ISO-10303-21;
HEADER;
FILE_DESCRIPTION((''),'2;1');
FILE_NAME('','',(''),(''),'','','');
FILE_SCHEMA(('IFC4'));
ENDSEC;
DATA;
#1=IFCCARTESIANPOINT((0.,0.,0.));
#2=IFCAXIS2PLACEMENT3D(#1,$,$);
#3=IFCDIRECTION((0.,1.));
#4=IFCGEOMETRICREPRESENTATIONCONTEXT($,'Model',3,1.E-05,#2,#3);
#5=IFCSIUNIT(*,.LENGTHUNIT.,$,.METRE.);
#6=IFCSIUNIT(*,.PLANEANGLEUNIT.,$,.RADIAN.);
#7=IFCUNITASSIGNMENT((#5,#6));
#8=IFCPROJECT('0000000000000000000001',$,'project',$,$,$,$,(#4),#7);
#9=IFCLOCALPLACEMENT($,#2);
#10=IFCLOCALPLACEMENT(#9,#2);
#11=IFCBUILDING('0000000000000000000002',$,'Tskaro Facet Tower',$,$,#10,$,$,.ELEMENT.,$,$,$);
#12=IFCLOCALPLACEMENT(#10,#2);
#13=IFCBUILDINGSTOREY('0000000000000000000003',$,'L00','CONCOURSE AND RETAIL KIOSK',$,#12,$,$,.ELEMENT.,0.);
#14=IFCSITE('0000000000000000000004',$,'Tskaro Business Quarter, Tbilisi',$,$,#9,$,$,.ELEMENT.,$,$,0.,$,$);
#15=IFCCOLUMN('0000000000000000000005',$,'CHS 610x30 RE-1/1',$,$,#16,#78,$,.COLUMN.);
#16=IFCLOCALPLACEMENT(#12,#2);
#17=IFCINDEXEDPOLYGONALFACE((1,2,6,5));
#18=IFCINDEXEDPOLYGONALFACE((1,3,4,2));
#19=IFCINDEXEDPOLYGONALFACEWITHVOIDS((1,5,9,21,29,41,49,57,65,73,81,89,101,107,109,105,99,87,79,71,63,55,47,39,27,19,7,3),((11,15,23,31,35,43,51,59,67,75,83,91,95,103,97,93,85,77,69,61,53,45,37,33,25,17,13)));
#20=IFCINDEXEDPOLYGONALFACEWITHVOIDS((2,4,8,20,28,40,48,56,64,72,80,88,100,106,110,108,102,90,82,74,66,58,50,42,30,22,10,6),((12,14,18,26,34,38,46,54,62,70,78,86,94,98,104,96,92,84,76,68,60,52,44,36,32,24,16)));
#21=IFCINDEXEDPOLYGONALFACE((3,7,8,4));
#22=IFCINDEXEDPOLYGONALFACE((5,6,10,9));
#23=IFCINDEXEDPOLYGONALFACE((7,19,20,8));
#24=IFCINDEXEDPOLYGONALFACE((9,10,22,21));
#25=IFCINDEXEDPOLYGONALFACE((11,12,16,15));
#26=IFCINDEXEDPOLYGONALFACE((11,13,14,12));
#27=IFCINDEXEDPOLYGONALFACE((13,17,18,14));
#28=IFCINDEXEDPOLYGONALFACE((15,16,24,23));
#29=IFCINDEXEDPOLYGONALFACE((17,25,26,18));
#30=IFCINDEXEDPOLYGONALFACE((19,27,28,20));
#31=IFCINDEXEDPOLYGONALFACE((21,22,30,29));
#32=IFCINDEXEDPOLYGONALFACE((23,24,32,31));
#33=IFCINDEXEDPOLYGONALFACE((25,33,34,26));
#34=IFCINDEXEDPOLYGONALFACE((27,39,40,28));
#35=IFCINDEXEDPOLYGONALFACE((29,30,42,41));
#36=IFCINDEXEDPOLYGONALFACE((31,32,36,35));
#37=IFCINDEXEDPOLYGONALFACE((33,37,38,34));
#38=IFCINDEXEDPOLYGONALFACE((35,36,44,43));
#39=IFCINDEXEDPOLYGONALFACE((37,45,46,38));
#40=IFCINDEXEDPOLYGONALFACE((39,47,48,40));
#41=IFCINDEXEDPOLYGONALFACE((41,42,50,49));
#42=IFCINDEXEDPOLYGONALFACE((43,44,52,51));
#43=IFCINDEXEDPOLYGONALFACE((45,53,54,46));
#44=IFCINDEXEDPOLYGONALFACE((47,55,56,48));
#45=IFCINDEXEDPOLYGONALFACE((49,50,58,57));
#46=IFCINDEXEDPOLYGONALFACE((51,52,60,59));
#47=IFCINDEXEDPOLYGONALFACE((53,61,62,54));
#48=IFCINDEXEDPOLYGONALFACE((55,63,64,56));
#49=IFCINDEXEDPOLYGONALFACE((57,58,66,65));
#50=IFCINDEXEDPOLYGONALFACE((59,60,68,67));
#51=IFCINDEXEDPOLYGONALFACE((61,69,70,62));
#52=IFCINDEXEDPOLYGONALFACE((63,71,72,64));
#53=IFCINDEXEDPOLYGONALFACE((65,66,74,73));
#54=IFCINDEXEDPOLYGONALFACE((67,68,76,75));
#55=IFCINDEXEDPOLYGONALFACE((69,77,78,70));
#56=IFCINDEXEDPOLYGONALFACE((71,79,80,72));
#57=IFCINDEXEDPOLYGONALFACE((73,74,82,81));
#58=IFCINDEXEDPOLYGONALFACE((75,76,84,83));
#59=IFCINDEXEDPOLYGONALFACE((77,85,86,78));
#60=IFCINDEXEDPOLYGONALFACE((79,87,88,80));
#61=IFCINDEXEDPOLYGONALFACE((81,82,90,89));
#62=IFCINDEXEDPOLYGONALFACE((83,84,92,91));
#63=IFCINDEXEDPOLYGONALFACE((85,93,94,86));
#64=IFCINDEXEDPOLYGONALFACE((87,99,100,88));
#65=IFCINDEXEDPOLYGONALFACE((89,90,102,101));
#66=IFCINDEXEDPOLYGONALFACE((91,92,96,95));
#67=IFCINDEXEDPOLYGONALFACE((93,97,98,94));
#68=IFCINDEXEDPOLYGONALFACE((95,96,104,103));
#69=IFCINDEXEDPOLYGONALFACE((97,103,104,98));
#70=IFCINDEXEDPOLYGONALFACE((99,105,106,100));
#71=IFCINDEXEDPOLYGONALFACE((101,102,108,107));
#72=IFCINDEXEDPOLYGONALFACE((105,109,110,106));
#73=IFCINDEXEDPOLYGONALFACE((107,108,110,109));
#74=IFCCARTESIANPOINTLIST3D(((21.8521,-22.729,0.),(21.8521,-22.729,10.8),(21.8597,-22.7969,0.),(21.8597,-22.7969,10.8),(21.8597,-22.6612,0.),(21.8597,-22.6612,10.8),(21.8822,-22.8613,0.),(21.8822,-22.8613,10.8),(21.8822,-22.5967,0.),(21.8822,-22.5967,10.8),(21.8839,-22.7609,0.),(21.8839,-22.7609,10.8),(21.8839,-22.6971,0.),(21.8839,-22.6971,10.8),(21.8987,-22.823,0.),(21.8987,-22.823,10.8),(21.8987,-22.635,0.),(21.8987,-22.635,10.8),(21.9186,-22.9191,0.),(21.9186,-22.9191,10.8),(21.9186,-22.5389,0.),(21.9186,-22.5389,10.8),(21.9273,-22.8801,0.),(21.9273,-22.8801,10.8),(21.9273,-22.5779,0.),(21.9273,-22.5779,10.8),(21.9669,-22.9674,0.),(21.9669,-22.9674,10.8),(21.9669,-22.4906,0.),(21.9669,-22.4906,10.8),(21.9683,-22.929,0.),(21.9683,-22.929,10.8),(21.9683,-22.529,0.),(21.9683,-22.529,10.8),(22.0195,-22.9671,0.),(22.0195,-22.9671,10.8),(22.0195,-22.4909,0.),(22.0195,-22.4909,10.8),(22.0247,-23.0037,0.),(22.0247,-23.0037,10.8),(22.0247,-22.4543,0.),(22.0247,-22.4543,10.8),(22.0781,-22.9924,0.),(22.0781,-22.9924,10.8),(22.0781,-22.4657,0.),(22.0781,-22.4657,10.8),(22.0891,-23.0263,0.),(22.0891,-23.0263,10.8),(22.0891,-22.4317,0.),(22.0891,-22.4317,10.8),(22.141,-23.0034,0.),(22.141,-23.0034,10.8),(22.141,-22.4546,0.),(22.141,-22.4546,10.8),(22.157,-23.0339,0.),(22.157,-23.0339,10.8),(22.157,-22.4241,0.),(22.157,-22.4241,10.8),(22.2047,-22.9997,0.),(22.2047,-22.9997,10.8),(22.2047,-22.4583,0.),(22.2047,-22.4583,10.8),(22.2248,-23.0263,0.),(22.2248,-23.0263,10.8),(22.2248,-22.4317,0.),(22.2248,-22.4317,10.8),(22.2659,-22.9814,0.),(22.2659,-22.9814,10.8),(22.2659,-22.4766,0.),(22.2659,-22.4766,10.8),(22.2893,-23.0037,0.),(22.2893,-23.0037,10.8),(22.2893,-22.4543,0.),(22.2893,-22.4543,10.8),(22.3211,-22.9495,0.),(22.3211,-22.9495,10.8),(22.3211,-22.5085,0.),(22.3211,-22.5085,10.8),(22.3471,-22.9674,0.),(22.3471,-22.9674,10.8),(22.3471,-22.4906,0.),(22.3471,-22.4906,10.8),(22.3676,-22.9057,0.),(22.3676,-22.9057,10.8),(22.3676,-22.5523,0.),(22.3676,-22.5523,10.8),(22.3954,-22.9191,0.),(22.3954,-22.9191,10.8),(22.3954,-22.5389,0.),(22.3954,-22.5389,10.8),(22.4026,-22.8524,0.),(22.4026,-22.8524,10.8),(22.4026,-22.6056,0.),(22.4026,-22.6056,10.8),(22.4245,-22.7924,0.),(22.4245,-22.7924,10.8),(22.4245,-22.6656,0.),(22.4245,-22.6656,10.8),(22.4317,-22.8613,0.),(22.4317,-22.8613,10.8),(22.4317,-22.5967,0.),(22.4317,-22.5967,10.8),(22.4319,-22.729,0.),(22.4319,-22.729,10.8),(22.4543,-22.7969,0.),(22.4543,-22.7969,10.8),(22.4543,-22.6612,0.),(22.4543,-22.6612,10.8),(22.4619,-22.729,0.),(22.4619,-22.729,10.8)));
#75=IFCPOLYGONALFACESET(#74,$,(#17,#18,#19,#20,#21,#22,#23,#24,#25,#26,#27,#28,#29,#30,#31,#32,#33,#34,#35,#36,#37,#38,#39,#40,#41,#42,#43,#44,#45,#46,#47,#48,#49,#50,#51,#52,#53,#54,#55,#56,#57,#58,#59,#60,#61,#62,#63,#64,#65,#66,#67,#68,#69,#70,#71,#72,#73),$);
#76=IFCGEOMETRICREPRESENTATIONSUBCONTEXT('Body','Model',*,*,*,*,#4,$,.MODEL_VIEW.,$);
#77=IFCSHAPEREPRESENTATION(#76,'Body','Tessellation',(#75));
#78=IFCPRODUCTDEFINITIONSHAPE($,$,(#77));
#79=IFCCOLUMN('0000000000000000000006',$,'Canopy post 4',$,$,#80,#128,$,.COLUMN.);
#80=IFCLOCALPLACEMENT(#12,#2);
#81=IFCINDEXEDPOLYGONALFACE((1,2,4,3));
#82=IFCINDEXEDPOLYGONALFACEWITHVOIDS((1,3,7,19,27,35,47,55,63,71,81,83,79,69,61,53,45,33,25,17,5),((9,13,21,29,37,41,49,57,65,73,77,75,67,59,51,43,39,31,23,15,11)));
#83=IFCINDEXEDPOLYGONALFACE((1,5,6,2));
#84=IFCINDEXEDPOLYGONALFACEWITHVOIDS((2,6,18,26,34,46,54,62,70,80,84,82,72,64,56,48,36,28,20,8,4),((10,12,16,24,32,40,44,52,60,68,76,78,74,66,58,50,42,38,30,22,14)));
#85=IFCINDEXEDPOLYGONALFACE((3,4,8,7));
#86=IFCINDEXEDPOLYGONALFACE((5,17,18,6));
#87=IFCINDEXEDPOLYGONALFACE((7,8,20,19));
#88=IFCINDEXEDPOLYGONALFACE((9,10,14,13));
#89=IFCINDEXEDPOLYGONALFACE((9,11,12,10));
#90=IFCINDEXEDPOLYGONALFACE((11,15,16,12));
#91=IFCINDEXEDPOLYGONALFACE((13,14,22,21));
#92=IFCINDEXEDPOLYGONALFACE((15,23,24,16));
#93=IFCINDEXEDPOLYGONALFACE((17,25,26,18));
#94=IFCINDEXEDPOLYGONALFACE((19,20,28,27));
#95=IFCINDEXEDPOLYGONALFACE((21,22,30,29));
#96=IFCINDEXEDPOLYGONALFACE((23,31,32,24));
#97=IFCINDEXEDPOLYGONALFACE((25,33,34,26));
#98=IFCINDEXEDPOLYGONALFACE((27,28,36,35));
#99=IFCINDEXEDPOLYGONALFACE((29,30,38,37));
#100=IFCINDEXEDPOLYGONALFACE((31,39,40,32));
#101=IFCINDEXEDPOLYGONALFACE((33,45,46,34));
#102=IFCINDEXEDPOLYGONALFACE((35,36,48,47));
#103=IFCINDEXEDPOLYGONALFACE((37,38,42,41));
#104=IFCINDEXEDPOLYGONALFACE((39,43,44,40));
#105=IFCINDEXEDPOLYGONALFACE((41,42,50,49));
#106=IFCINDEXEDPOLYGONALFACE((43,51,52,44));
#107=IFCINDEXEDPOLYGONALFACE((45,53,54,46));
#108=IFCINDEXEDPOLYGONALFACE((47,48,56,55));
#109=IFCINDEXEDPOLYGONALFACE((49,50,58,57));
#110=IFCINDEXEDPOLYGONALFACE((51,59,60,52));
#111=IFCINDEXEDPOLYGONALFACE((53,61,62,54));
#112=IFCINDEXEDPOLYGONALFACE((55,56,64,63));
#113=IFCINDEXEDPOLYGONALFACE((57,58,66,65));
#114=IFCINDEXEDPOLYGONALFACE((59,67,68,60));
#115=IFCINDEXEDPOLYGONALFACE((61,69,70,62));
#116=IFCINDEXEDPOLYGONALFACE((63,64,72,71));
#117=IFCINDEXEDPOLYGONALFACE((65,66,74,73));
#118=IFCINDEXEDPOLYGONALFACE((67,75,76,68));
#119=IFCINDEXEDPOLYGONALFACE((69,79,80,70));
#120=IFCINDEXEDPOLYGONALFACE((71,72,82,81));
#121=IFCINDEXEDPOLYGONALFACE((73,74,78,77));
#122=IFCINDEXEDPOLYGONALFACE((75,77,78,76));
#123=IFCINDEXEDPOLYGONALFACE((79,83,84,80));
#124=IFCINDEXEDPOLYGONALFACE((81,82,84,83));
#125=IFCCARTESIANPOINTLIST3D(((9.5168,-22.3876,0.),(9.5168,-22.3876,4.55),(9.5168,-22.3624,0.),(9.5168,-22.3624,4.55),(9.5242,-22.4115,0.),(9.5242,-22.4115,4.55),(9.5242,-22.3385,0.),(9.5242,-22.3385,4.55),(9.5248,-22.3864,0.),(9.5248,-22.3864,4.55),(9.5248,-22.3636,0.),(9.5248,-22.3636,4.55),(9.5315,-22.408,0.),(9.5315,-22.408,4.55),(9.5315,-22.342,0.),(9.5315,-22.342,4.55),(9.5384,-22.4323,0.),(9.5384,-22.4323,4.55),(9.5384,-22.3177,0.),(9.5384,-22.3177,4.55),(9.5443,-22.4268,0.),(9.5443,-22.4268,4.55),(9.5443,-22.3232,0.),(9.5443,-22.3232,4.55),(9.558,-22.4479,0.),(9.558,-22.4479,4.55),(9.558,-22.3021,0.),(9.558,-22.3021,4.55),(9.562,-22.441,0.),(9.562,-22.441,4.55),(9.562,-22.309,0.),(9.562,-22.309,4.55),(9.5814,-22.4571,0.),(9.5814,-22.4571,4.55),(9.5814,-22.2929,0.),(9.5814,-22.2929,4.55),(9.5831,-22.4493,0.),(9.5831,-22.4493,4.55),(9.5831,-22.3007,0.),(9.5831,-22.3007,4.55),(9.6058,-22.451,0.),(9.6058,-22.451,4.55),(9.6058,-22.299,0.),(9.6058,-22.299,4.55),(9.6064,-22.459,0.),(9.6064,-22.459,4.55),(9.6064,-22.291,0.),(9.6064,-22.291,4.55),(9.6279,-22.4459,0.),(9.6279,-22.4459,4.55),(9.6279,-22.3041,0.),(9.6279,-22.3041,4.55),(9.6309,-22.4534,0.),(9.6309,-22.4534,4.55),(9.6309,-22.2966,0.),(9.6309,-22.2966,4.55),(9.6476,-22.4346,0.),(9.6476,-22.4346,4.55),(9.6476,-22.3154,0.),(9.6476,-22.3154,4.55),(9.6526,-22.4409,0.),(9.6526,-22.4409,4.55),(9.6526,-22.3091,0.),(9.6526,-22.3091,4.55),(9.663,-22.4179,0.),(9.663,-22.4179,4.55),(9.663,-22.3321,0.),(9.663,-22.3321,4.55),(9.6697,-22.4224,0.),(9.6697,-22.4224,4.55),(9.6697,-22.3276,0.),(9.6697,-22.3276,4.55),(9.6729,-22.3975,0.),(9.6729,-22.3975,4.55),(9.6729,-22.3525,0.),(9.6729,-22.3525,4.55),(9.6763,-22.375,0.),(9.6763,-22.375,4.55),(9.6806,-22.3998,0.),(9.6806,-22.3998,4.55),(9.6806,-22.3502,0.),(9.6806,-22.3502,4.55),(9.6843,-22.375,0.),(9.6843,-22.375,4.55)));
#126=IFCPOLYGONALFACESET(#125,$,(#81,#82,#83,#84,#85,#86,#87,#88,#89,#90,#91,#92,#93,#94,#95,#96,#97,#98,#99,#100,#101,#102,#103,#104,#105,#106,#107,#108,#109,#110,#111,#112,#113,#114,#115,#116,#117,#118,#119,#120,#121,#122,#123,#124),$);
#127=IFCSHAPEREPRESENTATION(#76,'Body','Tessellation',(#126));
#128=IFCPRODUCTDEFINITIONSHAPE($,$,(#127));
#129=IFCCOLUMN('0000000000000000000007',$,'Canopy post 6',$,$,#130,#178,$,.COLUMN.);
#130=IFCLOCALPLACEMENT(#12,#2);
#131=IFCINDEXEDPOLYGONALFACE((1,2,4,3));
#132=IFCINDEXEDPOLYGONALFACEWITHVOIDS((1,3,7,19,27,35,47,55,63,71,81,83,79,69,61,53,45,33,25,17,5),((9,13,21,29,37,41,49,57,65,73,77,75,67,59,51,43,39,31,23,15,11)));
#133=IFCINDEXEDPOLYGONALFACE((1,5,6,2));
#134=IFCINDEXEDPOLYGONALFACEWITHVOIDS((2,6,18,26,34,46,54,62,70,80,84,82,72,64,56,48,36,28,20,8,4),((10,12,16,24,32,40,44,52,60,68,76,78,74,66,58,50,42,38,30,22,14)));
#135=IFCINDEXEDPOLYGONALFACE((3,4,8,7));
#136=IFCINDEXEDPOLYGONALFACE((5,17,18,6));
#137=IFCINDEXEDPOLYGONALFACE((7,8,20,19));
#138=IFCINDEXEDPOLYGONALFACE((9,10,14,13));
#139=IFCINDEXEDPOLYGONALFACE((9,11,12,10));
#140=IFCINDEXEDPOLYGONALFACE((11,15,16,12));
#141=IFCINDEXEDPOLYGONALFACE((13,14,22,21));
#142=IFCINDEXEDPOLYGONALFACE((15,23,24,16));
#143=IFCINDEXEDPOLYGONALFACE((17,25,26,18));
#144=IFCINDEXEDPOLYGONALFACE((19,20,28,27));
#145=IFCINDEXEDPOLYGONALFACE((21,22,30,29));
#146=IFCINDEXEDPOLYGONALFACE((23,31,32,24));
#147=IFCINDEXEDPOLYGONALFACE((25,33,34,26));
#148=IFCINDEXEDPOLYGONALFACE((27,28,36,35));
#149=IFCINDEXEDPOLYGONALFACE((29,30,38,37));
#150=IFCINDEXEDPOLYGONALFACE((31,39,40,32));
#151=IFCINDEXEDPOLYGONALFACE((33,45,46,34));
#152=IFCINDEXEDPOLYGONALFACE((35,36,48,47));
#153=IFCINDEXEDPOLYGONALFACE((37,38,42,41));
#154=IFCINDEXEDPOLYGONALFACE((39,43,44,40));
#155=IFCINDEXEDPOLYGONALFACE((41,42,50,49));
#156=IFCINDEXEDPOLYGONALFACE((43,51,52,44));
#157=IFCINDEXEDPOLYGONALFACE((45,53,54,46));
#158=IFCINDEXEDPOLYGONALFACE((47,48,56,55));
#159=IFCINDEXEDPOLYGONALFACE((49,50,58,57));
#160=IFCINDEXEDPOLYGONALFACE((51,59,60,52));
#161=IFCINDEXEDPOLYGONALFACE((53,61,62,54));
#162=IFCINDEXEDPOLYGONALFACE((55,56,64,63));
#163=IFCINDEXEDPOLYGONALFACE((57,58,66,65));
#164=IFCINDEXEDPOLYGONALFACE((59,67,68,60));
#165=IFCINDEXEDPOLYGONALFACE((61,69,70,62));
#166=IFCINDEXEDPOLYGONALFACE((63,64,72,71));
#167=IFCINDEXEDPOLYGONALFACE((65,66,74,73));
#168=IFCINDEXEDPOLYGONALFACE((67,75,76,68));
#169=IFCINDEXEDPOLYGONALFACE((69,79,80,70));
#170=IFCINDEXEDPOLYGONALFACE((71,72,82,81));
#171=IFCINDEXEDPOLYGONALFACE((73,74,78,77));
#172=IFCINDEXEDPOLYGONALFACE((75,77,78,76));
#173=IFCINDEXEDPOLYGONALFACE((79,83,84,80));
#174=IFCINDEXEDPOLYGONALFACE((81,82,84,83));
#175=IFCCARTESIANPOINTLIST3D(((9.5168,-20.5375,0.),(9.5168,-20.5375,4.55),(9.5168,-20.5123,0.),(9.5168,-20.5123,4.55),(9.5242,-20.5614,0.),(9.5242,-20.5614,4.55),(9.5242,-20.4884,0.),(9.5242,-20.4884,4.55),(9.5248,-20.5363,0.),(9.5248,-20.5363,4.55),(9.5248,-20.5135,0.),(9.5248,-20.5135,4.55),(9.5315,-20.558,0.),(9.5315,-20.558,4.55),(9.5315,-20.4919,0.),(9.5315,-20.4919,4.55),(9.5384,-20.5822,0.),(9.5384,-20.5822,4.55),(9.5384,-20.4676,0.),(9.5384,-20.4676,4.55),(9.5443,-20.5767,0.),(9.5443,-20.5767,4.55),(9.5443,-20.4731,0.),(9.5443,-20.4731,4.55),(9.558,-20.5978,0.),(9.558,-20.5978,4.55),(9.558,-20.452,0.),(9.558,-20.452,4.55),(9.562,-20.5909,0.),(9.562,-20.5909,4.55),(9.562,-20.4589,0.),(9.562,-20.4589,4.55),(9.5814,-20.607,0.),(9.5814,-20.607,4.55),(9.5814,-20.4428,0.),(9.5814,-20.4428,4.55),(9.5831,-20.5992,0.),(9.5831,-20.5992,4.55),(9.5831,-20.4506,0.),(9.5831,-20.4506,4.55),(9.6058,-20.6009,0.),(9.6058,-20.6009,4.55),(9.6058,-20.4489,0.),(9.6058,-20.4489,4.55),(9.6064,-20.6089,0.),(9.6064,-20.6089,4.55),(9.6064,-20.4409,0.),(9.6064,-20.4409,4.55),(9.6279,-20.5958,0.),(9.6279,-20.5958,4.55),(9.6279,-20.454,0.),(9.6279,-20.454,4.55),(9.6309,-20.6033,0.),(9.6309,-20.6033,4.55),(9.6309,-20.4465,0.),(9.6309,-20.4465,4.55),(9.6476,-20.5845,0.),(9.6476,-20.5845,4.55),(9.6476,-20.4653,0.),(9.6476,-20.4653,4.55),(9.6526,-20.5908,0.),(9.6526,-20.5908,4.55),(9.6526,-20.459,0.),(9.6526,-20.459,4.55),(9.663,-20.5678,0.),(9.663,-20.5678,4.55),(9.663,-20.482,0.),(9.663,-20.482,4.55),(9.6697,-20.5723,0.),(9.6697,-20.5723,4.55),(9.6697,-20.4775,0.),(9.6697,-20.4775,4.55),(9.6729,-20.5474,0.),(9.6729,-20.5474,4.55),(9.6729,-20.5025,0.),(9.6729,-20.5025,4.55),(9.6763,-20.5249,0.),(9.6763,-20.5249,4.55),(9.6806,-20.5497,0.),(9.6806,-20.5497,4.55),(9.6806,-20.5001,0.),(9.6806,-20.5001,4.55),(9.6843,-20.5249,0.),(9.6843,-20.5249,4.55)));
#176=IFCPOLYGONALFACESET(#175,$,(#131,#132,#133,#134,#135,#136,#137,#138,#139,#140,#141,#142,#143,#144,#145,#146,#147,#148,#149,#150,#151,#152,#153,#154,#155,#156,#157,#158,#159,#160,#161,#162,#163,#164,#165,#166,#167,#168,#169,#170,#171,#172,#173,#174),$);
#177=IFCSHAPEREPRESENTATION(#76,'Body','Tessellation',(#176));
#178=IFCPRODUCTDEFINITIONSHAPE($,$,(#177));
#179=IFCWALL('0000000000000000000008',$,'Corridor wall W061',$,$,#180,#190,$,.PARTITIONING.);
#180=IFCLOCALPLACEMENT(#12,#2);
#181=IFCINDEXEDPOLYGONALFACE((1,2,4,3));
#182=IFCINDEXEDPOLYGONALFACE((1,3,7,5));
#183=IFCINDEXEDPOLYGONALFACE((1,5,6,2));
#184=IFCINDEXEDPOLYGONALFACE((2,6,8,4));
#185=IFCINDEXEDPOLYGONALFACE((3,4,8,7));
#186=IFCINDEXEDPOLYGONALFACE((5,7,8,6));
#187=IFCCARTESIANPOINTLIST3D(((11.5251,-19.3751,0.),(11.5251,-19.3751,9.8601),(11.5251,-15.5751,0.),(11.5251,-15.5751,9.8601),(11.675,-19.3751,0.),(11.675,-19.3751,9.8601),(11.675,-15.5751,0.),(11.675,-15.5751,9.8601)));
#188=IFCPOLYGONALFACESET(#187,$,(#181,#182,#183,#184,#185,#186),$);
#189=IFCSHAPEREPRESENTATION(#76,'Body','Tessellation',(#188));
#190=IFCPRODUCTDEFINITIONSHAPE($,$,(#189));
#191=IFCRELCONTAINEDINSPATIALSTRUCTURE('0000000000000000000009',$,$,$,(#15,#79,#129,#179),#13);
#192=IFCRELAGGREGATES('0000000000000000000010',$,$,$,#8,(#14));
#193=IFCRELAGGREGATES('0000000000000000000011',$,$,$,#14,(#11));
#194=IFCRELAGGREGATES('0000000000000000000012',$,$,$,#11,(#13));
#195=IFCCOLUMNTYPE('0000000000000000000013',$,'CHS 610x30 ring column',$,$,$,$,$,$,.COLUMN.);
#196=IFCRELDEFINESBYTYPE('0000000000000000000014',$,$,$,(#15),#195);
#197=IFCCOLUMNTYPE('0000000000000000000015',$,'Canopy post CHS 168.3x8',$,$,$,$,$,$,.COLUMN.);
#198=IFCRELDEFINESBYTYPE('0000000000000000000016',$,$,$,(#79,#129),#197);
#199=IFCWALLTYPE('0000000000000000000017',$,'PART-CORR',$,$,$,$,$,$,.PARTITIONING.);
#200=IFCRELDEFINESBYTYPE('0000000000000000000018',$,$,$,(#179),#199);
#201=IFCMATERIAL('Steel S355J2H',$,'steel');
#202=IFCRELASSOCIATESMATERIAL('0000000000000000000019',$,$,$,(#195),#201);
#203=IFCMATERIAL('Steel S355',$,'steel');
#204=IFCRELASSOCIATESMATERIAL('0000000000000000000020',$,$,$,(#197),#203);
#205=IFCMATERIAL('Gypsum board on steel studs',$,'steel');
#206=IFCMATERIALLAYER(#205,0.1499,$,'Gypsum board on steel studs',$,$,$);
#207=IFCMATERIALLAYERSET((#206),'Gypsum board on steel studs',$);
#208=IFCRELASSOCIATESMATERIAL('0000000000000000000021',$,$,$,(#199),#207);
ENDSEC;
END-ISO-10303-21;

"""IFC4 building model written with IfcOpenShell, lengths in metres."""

from ifc_helpers import new_model, si_unit, direction, frame, frame_2d, origin, origin_2d, place, context, subcontext, project, spatial, rectangle, hollow_circle, extrude, material, layer, layer_set, material_profile, profile_set, type_object, element, save


model = new_model("IFC4")

# Units and contexts
model_context = context("Model", 3, precision=1e-05, world=origin(), true_north=direction((0.0, 1.0)))
body_context = subcontext(model_context, "Body", "Model", "MODEL_VIEW")
ifc_project = project(units=[si_unit("LENGTHUNIT", "METRE"), si_unit("PLANEANGLEUNIT", "RADIAN")], contexts=[model_context])

# Site, building, storey
site_placement = place(None, origin())
site = spatial("IfcSite", under=ifc_project, at=site_placement, Name="Tskaro Business Quarter, Tbilisi", CompositionType="ELEMENT", RefElevation=0.0)
building_placement = place(site_placement, origin())
building = spatial("IfcBuilding", under=site, at=building_placement, Name="Tskaro Facet Tower", CompositionType="ELEMENT")
storey_placement = place(building_placement, origin())
storey = spatial("IfcBuildingStorey", under=building, at=storey_placement, Name="L00", Description="CONCOURSE AND RETAIL KIOSK", CompositionType="ELEMENT", Elevation=0.0)

# Columns
ifc_material_1 = material(Name="Steel S355J2H", Category="steel")
ifc_material_profile_1 = material_profile(ifc_material_1, hollow_circle(Radius=0.3049, WallThickness=0.03, at=origin_2d()), Name="CHS 610x30")
ifc_profile_set_1 = profile_set([ifc_material_profile_1], Name="Steel S355J2H")
column_type_1 = type_object("IfcColumnType", Name="CHS 610x30 ring column", PredefinedType="COLUMN", material=ifc_profile_set_1)
for number, where, z_axis, x_axis, name in (
    (1, (22.157, -22.729, 0.0), (0.0, 0.0, 1.0), (1.0, 0.0, 0.0), "CHS 610x30 RE-1/1"),
):
    element("IfcColumn", number, at=place(storey_placement, frame(where, z_axis=z_axis, x_axis=x_axis)), inside=storey, type_object=column_type_1, Name=name, PredefinedType="COLUMN", context=body_context, shape_type="SweptSolid", body=[
        extrude(hollow_circle(Radius=0.3049, WallThickness=0.03, at=origin_2d()), origin(), (0.0, 0.0, 1.0), 10.8),
    ])
ifc_material_2 = material(Name="Steel S355", Category="steel")
ifc_material_profile_2 = material_profile(ifc_material_2, hollow_circle(Radius=0.0842, WallThickness=0.0081, at=origin_2d()), Name="CHS 168.3x8")
ifc_profile_set_2 = profile_set([ifc_material_profile_2], Name="Steel S355")
column_type_2 = type_object("IfcColumnType", Name="Canopy post CHS 168.3x8", PredefinedType="COLUMN", material=ifc_profile_set_2)
for number, where, z_axis, x_axis, name in (
    (2, (9.6001, -22.375, 0.0), (0.0, 0.0, 1.0), (1.0, 0.0, 0.0), "Canopy post 4"),
    (3, (9.6001, -20.5249, 0.0), (0.0, 0.0, 1.0), (1.0, 0.0, 0.0), "Canopy post 6"),
):
    element("IfcColumn", number, at=place(storey_placement, frame(where, z_axis=z_axis, x_axis=x_axis)), inside=storey, type_object=column_type_2, Name=name, PredefinedType="COLUMN", context=body_context, shape_type="SweptSolid", body=[
        extrude(hollow_circle(Radius=0.0842, WallThickness=0.0081, at=origin_2d()), origin(), (0.0, 0.0, 1.0), 4.55),
    ])

# Wall
ifc_material_3 = material(Name="Gypsum board on steel studs", Category="steel")
ifc_layer = layer(ifc_material_3, 0.1499, Name="Gypsum board on steel studs")
ifc_layer_set = layer_set([ifc_layer], Name="Gypsum board on steel studs")
wall_type = type_object("IfcWallType", Name="PART-CORR", PredefinedType="PARTITIONING", material=ifc_layer_set)
wall_placement = place(storey_placement, frame((11.6001, -19.375, 0.0), z_axis=(0.0, 0.0, 1.0), x_axis=(0.0, 1.0, 0.0)))
element("IfcWall", 4, at=wall_placement, inside=storey, type_object=wall_type, Name="Corridor wall W061", PredefinedType="PARTITIONING", context=body_context, shape_type="SweptSolid", body=[
    extrude(rectangle(XDim=3.8, YDim=0.1499, at=frame_2d((1.8999, 0.0))), origin(), (0.0, 0.0, 1.0), 9.8601),
])

save(model, "model.ifc")
